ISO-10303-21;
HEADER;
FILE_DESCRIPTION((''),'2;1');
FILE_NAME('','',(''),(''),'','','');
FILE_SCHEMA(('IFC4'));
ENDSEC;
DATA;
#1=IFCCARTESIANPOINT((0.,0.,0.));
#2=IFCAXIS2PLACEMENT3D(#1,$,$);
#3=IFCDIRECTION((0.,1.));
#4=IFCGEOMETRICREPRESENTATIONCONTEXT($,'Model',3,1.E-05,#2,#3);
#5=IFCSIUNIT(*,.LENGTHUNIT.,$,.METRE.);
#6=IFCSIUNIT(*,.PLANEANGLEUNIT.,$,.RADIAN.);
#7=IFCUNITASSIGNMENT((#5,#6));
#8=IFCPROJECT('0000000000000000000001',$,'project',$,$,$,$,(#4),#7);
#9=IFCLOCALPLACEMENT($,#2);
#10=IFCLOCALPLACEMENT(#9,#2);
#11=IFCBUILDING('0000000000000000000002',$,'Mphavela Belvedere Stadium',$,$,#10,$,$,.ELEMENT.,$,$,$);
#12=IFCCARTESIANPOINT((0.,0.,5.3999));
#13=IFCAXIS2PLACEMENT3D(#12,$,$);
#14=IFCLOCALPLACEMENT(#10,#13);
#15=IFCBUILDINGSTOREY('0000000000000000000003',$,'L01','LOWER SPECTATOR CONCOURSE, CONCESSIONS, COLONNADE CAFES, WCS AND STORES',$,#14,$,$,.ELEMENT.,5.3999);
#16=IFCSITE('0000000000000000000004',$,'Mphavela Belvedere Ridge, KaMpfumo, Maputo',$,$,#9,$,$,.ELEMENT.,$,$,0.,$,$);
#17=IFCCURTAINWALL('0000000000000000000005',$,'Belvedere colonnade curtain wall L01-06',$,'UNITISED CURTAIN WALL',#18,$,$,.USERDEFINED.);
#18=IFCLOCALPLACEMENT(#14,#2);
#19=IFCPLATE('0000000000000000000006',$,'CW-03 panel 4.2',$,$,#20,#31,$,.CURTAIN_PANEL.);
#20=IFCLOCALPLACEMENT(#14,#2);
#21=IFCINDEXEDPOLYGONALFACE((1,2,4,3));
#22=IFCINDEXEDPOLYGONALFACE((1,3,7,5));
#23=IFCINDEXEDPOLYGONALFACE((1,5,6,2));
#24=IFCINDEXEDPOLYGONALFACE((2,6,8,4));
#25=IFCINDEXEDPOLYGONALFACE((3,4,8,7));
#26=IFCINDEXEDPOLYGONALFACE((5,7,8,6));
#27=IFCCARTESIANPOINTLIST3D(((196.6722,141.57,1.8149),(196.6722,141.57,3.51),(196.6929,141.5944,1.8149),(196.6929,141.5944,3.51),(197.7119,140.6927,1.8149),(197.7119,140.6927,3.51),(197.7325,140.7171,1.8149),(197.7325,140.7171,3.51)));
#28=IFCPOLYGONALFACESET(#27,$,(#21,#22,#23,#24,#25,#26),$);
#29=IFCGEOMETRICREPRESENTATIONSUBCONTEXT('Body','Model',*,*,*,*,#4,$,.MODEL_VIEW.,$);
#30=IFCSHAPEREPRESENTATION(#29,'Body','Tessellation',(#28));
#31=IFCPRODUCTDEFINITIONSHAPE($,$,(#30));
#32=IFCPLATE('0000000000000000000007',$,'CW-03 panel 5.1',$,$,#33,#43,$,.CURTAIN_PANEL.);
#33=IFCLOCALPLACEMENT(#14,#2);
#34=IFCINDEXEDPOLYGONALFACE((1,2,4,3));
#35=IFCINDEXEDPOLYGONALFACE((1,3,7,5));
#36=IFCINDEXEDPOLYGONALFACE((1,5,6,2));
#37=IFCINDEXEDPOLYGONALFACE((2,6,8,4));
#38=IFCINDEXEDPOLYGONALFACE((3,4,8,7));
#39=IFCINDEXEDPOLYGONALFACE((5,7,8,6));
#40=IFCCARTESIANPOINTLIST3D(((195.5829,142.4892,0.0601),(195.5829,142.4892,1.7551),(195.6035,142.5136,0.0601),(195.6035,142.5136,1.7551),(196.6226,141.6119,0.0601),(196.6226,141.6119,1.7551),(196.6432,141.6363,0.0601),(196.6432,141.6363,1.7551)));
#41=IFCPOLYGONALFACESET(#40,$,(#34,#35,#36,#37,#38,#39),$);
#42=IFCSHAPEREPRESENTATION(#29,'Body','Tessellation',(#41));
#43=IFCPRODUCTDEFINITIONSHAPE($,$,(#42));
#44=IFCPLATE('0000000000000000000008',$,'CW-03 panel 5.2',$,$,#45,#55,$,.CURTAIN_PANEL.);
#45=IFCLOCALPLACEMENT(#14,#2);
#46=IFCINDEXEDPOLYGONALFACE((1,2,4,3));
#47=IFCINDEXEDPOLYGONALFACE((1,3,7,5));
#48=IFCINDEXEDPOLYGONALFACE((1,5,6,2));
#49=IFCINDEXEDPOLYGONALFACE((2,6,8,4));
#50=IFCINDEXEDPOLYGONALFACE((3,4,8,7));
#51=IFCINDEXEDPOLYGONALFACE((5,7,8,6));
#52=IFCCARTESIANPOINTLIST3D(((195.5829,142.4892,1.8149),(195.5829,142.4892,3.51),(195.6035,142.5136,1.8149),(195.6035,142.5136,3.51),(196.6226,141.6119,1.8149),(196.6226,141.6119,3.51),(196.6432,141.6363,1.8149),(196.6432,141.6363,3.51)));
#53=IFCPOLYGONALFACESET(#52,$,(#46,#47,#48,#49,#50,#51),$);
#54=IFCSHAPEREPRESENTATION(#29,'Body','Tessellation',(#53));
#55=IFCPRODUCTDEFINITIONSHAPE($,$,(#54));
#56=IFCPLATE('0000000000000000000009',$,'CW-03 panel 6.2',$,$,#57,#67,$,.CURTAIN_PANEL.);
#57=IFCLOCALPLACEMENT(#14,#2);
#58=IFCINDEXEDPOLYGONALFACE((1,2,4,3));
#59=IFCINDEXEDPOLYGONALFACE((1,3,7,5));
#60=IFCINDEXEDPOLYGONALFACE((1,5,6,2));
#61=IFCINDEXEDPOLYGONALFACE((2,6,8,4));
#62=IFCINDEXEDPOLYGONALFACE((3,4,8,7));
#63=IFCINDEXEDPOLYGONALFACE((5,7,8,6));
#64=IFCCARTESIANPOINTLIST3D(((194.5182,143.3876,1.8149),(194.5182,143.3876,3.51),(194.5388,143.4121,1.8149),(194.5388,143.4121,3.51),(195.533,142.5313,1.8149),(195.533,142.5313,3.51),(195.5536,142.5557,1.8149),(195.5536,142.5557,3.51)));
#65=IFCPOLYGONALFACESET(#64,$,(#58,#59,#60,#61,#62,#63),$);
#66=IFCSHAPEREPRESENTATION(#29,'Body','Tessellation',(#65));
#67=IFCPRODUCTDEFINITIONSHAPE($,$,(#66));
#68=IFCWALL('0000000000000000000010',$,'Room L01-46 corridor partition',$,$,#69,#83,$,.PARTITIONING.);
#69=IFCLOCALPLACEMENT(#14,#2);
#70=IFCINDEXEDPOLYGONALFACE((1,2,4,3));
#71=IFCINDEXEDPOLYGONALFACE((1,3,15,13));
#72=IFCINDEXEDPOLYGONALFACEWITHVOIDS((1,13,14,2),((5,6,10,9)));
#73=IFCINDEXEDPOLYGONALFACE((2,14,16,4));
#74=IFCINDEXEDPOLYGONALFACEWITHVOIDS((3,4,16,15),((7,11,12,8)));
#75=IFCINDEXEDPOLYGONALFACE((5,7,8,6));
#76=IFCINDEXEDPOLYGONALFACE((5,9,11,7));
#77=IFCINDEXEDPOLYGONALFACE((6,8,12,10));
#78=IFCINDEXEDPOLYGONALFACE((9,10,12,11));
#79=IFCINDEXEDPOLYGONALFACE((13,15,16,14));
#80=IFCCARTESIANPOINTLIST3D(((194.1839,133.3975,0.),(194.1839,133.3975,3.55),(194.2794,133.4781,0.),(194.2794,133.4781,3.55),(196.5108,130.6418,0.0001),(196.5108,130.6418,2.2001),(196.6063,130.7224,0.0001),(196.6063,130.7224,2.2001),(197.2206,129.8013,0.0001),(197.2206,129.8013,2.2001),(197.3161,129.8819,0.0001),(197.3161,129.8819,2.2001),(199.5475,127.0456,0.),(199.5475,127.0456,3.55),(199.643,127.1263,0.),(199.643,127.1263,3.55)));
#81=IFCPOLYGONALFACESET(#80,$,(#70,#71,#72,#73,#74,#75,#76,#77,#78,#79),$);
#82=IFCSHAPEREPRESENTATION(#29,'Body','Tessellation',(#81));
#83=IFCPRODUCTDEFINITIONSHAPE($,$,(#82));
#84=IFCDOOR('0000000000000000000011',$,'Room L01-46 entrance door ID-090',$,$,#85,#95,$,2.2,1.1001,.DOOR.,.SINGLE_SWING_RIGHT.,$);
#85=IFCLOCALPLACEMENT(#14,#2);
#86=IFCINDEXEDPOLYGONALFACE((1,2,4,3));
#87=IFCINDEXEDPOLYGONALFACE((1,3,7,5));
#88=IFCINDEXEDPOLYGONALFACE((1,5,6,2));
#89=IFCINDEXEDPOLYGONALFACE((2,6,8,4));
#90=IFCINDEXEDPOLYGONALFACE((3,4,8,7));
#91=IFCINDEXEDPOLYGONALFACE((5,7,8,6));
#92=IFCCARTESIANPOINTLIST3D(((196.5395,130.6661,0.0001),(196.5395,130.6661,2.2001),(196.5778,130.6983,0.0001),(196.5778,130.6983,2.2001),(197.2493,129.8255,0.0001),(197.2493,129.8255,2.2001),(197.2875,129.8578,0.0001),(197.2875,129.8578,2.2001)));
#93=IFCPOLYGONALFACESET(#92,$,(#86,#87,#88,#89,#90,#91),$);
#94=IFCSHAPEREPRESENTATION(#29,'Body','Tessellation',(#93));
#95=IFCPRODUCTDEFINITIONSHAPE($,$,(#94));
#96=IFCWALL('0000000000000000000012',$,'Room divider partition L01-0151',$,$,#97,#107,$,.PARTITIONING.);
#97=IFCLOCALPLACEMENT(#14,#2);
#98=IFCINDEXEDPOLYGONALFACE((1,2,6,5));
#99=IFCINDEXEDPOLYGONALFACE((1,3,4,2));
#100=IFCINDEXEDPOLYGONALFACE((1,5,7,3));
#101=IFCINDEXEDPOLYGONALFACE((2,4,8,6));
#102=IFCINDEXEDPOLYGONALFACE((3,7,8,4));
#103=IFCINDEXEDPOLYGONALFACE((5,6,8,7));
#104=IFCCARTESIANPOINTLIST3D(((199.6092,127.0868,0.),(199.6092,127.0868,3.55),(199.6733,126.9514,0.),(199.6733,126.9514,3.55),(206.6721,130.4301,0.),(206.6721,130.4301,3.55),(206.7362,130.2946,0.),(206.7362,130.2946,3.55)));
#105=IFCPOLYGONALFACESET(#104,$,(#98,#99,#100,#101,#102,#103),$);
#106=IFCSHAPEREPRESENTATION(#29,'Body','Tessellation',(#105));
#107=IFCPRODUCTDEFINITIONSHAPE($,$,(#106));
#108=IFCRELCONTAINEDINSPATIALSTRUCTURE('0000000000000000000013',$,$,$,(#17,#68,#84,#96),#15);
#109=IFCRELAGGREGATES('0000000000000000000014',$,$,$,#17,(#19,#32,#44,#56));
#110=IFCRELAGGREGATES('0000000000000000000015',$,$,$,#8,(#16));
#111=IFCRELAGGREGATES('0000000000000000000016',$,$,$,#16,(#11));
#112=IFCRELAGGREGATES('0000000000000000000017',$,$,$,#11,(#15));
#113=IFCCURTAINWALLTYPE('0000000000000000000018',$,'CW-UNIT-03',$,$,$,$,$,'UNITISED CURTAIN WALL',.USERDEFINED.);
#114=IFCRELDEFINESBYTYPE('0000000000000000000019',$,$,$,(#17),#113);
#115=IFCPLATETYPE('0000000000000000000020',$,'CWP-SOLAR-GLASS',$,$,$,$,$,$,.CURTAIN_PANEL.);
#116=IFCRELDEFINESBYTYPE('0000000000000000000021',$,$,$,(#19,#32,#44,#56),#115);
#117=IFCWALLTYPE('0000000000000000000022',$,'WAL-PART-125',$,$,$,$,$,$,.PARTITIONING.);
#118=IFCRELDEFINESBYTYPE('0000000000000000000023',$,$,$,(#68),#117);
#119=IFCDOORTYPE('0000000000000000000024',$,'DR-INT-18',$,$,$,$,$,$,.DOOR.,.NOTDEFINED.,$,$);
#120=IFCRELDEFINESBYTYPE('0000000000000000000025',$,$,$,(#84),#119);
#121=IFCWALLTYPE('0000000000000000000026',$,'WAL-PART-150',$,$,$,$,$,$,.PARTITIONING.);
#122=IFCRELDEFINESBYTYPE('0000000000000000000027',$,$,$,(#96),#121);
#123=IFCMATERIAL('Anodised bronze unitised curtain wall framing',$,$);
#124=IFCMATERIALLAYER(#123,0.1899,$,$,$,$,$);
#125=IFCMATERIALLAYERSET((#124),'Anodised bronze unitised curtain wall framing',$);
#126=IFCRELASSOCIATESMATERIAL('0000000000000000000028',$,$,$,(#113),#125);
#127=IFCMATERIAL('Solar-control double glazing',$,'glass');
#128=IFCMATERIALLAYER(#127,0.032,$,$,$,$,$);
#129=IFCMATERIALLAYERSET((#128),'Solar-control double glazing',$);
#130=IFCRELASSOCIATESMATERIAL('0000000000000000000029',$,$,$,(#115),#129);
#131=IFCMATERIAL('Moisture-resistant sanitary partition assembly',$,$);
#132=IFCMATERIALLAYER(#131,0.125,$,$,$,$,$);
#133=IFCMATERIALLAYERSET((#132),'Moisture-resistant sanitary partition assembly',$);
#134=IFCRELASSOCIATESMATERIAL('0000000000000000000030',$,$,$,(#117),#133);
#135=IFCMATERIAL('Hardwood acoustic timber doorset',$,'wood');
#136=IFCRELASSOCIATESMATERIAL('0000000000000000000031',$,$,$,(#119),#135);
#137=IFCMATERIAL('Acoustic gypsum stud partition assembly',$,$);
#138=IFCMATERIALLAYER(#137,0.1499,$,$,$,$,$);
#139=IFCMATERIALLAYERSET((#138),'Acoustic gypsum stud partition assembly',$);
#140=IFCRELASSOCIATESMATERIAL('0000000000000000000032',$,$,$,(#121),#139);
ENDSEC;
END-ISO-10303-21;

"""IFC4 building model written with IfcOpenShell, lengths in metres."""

from ifc_helpers import new_model, si_unit, direction, frame, frame_2d, origin, origin_2d, place, context, subcontext, project, spatial, rectangle, extrude, material, layer, layer_set, type_object, element, fill, aggregate, save


model = new_model("IFC4")

# Units and contexts
model_context = context("Model", 3, precision=1e-05, world=origin(), true_north=direction((0.0, 1.0)))
body_context = subcontext(model_context, "Body", "Model", "MODEL_VIEW")
ifc_project = project(units=[si_unit("LENGTHUNIT", "METRE"), si_unit("PLANEANGLEUNIT", "RADIAN")], contexts=[model_context])

# Site, building, storey
site_placement = place(None, origin())
site = spatial("IfcSite", under=ifc_project, at=site_placement, Name="Mphavela Belvedere Ridge, KaMpfumo, Maputo", CompositionType="ELEMENT", RefElevation=0.0)
building_placement = place(site_placement, origin())
building = spatial("IfcBuilding", under=site, at=building_placement, Name="Mphavela Belvedere Stadium", CompositionType="ELEMENT")
storey_placement = place(building_placement, frame((0.0, 0.0, 5.3999)))
storey = spatial("IfcBuildingStorey", under=building, at=storey_placement, Name="L01", Description="LOWER SPECTATOR CONCOURSE, CONCESSIONS, COLONNADE CAFES, WCS AND STORES", CompositionType="ELEMENT", Elevation=5.3999)

# Curtain wall, plates
ifc_material_1 = material(Name="Anodised bronze unitised curtain wall framing")
ifc_layer_1 = layer(ifc_material_1, 0.1899)
ifc_layer_set_1 = layer_set([ifc_layer_1], Name="Anodised bronze unitised curtain wall framing")
curtain_wall_type = type_object("IfcCurtainWallType", Name="CW-UNIT-03", ElementType="UNITISED CURTAIN WALL", PredefinedType="USERDEFINED", material=ifc_layer_set_1)
curtain_wall_placement = place(storey_placement, origin())
curtain_wall = element("IfcCurtainWall", 1, at=curtain_wall_placement, inside=storey, type_object=curtain_wall_type, Name="Belvedere colonnade curtain wall L01-06", ObjectType="UNITISED CURTAIN WALL", PredefinedType="USERDEFINED")
ifc_material_2 = material(Name="Solar-control double glazing", Category="glass")
ifc_layer_2 = layer(ifc_material_2, 0.032)
ifc_layer_set_2 = layer_set([ifc_layer_2], Name="Solar-control double glazing")
plate_type = type_object("IfcPlateType", Name="CWP-SOLAR-GLASS", PredefinedType="CURTAIN_PANEL", material=ifc_layer_set_2)
plate_1_placement = place(storey_placement, frame((197.2024, 141.1436, 1.8149), z_axis=(0.0, 0.0, 1.0), x_axis=(-0.764259, 0.64491, 0.0)))
plate_1 = element("IfcPlate", 2, at=plate_1_placement, type_object=plate_type, Name="CW-03 panel 4.2", PredefinedType="CURTAIN_PANEL", context=body_context, shape_type="SweptSolid", body=[
    extrude(rectangle(XDim=1.3604, YDim=0.032, at=origin_2d()), origin(), (0.0, 0.0, 1.0), 1.6951),
])
plate_2_placement = place(storey_placement, frame((196.113, 142.0627, 0.0601), z_axis=(0.0, 0.0, 1.0), x_axis=(-0.764259, 0.64491, 0.0)))
plate_2 = element("IfcPlate", 3, at=plate_2_placement, type_object=plate_type, Name="CW-03 panel 5.1", PredefinedType="CURTAIN_PANEL", context=body_context, shape_type="SweptSolid", body=[
    extrude(rectangle(XDim=1.3604, YDim=0.032, at=origin_2d()), origin(), (0.0, 0.0, 1.0), 1.6951),
])
plate_3_placement = place(storey_placement, frame((196.113, 142.0627, 1.8149), z_axis=(0.0, 0.0, 1.0), x_axis=(-0.764259, 0.64491, 0.0)))
plate_3 = element("IfcPlate", 4, at=plate_3_placement, type_object=plate_type, Name="CW-03 panel 5.2", PredefinedType="CURTAIN_PANEL", context=body_context, shape_type="SweptSolid", body=[
    extrude(rectangle(XDim=1.3604, YDim=0.032, at=origin_2d()), origin(), (0.0, 0.0, 1.0), 1.6951),
])
plate_4_placement = place(storey_placement, frame((195.0359, 142.9717, 1.8149), z_axis=(0.0, 0.0, 1.0), x_axis=(-0.764259, 0.64491, 0.0)))
plate_4 = element("IfcPlate", 5, at=plate_4_placement, type_object=plate_type, Name="CW-03 panel 6.2", PredefinedType="CURTAIN_PANEL", context=body_context, shape_type="SweptSolid", body=[
    extrude(rectangle(XDim=1.3279, YDim=0.032, at=origin_2d()), origin(), (0.0, 0.0, 1.0), 1.6951),
])
aggregate(curtain_wall, [plate_1, plate_2, plate_3, plate_4])

# Wall, opening, door
ifc_material_3 = material(Name="Moisture-resistant sanitary partition assembly")
ifc_layer_3 = layer(ifc_material_3, 0.125)
ifc_layer_set_3 = layer_set([ifc_layer_3], Name="Moisture-resistant sanitary partition assembly")
wall_type_1 = type_object("IfcWallType", Name="WAL-PART-125", PredefinedType="PARTITIONING", material=ifc_layer_set_3)
wall_1_placement = place(storey_placement, frame((199.5952, 127.0859, 0.0), z_axis=(0.0, 0.0, 1.0), x_axis=(-0.645165, 0.764043, 0.0)))
wall_1 = element("IfcWall", 6, at=wall_1_placement, inside=storey, type_object=wall_type_1, Name="Room L01-46 corridor partition", PredefinedType="PARTITIONING", context=body_context, shape_type="SweptSolid", body=[
    extrude(rectangle(XDim=8.3135, YDim=0.125, at=frame_2d((4.1567, 0.0))), origin(), (0.0, 0.0, 1.0), 3.55),
])
opening_placement = place(wall_1_placement, frame((3.6067, 0.0, 0.0)))
opening = element("IfcOpeningElement", 7, at=opening_placement, cuts=wall_1, PredefinedType="OPENING", context=body_context, shape_type="SweptSolid", body=[
    extrude(rectangle(XDim=1.1001, YDim=2.2, at=frame_2d((0.55, 1.1001))), frame((0.0, 0.0725, 0.0), z_axis=(0.0, -1.0, 0.0), x_axis=(1.0, 0.0, 0.0)), (0.0, 0.0, 1.0), 0.145),
])
ifc_material_4 = material(Name="Hardwood acoustic timber doorset", Category="wood")
door_type = type_object("IfcDoorType", Name="DR-INT-18", OperationType="NOTDEFINED", PredefinedType="DOOR", material=ifc_material_4)
door_placement = place(opening_placement, origin())
door = element("IfcDoor", 8, at=door_placement, inside=storey, type_object=door_type, Name="Room L01-46 entrance door ID-090", OperationType="SINGLE_SWING_RIGHT", OverallHeight=2.2, OverallWidth=1.1001, PredefinedType="DOOR", context=body_context, shape_type="SweptSolid", body=[
    extrude(rectangle(XDim=1.1001, YDim=2.2, at=frame_2d((0.55, 1.1001))), frame((0.0, 0.0249, 0.0), z_axis=(0.0, -1.0, 0.0), x_axis=(1.0, 0.0, 0.0)), (0.0, 0.0, 1.0), 0.05),
])
fill(opening, door)

# Wall
ifc_material_5 = material(Name="Acoustic gypsum stud partition assembly")
ifc_layer_4 = layer(ifc_material_5, 0.1499)
ifc_layer_set_4 = layer_set([ifc_layer_4], Name="Acoustic gypsum stud partition assembly")
wall_type_2 = type_object("IfcWallType", Name="WAL-PART-150", PredefinedType="PARTITIONING", material=ifc_layer_set_4)
wall_2_placement = place(storey_placement, frame((199.6411, 127.019, 0.0), z_axis=(0.0, 0.0, 1.0), x_axis=(0.903855, 0.427839, 0.0)))
element("IfcWall", 9, at=wall_2_placement, inside=storey, type_object=wall_type_2, Name="Room divider partition L01-0151", PredefinedType="PARTITIONING", context=body_context, shape_type="SweptSolid", body=[
    extrude(rectangle(XDim=7.8142, YDim=0.1499, at=frame_2d((3.9072, 0.0))), origin(), (0.0, 0.0, 1.0), 3.55),
])

save(model, "model.ifc")
